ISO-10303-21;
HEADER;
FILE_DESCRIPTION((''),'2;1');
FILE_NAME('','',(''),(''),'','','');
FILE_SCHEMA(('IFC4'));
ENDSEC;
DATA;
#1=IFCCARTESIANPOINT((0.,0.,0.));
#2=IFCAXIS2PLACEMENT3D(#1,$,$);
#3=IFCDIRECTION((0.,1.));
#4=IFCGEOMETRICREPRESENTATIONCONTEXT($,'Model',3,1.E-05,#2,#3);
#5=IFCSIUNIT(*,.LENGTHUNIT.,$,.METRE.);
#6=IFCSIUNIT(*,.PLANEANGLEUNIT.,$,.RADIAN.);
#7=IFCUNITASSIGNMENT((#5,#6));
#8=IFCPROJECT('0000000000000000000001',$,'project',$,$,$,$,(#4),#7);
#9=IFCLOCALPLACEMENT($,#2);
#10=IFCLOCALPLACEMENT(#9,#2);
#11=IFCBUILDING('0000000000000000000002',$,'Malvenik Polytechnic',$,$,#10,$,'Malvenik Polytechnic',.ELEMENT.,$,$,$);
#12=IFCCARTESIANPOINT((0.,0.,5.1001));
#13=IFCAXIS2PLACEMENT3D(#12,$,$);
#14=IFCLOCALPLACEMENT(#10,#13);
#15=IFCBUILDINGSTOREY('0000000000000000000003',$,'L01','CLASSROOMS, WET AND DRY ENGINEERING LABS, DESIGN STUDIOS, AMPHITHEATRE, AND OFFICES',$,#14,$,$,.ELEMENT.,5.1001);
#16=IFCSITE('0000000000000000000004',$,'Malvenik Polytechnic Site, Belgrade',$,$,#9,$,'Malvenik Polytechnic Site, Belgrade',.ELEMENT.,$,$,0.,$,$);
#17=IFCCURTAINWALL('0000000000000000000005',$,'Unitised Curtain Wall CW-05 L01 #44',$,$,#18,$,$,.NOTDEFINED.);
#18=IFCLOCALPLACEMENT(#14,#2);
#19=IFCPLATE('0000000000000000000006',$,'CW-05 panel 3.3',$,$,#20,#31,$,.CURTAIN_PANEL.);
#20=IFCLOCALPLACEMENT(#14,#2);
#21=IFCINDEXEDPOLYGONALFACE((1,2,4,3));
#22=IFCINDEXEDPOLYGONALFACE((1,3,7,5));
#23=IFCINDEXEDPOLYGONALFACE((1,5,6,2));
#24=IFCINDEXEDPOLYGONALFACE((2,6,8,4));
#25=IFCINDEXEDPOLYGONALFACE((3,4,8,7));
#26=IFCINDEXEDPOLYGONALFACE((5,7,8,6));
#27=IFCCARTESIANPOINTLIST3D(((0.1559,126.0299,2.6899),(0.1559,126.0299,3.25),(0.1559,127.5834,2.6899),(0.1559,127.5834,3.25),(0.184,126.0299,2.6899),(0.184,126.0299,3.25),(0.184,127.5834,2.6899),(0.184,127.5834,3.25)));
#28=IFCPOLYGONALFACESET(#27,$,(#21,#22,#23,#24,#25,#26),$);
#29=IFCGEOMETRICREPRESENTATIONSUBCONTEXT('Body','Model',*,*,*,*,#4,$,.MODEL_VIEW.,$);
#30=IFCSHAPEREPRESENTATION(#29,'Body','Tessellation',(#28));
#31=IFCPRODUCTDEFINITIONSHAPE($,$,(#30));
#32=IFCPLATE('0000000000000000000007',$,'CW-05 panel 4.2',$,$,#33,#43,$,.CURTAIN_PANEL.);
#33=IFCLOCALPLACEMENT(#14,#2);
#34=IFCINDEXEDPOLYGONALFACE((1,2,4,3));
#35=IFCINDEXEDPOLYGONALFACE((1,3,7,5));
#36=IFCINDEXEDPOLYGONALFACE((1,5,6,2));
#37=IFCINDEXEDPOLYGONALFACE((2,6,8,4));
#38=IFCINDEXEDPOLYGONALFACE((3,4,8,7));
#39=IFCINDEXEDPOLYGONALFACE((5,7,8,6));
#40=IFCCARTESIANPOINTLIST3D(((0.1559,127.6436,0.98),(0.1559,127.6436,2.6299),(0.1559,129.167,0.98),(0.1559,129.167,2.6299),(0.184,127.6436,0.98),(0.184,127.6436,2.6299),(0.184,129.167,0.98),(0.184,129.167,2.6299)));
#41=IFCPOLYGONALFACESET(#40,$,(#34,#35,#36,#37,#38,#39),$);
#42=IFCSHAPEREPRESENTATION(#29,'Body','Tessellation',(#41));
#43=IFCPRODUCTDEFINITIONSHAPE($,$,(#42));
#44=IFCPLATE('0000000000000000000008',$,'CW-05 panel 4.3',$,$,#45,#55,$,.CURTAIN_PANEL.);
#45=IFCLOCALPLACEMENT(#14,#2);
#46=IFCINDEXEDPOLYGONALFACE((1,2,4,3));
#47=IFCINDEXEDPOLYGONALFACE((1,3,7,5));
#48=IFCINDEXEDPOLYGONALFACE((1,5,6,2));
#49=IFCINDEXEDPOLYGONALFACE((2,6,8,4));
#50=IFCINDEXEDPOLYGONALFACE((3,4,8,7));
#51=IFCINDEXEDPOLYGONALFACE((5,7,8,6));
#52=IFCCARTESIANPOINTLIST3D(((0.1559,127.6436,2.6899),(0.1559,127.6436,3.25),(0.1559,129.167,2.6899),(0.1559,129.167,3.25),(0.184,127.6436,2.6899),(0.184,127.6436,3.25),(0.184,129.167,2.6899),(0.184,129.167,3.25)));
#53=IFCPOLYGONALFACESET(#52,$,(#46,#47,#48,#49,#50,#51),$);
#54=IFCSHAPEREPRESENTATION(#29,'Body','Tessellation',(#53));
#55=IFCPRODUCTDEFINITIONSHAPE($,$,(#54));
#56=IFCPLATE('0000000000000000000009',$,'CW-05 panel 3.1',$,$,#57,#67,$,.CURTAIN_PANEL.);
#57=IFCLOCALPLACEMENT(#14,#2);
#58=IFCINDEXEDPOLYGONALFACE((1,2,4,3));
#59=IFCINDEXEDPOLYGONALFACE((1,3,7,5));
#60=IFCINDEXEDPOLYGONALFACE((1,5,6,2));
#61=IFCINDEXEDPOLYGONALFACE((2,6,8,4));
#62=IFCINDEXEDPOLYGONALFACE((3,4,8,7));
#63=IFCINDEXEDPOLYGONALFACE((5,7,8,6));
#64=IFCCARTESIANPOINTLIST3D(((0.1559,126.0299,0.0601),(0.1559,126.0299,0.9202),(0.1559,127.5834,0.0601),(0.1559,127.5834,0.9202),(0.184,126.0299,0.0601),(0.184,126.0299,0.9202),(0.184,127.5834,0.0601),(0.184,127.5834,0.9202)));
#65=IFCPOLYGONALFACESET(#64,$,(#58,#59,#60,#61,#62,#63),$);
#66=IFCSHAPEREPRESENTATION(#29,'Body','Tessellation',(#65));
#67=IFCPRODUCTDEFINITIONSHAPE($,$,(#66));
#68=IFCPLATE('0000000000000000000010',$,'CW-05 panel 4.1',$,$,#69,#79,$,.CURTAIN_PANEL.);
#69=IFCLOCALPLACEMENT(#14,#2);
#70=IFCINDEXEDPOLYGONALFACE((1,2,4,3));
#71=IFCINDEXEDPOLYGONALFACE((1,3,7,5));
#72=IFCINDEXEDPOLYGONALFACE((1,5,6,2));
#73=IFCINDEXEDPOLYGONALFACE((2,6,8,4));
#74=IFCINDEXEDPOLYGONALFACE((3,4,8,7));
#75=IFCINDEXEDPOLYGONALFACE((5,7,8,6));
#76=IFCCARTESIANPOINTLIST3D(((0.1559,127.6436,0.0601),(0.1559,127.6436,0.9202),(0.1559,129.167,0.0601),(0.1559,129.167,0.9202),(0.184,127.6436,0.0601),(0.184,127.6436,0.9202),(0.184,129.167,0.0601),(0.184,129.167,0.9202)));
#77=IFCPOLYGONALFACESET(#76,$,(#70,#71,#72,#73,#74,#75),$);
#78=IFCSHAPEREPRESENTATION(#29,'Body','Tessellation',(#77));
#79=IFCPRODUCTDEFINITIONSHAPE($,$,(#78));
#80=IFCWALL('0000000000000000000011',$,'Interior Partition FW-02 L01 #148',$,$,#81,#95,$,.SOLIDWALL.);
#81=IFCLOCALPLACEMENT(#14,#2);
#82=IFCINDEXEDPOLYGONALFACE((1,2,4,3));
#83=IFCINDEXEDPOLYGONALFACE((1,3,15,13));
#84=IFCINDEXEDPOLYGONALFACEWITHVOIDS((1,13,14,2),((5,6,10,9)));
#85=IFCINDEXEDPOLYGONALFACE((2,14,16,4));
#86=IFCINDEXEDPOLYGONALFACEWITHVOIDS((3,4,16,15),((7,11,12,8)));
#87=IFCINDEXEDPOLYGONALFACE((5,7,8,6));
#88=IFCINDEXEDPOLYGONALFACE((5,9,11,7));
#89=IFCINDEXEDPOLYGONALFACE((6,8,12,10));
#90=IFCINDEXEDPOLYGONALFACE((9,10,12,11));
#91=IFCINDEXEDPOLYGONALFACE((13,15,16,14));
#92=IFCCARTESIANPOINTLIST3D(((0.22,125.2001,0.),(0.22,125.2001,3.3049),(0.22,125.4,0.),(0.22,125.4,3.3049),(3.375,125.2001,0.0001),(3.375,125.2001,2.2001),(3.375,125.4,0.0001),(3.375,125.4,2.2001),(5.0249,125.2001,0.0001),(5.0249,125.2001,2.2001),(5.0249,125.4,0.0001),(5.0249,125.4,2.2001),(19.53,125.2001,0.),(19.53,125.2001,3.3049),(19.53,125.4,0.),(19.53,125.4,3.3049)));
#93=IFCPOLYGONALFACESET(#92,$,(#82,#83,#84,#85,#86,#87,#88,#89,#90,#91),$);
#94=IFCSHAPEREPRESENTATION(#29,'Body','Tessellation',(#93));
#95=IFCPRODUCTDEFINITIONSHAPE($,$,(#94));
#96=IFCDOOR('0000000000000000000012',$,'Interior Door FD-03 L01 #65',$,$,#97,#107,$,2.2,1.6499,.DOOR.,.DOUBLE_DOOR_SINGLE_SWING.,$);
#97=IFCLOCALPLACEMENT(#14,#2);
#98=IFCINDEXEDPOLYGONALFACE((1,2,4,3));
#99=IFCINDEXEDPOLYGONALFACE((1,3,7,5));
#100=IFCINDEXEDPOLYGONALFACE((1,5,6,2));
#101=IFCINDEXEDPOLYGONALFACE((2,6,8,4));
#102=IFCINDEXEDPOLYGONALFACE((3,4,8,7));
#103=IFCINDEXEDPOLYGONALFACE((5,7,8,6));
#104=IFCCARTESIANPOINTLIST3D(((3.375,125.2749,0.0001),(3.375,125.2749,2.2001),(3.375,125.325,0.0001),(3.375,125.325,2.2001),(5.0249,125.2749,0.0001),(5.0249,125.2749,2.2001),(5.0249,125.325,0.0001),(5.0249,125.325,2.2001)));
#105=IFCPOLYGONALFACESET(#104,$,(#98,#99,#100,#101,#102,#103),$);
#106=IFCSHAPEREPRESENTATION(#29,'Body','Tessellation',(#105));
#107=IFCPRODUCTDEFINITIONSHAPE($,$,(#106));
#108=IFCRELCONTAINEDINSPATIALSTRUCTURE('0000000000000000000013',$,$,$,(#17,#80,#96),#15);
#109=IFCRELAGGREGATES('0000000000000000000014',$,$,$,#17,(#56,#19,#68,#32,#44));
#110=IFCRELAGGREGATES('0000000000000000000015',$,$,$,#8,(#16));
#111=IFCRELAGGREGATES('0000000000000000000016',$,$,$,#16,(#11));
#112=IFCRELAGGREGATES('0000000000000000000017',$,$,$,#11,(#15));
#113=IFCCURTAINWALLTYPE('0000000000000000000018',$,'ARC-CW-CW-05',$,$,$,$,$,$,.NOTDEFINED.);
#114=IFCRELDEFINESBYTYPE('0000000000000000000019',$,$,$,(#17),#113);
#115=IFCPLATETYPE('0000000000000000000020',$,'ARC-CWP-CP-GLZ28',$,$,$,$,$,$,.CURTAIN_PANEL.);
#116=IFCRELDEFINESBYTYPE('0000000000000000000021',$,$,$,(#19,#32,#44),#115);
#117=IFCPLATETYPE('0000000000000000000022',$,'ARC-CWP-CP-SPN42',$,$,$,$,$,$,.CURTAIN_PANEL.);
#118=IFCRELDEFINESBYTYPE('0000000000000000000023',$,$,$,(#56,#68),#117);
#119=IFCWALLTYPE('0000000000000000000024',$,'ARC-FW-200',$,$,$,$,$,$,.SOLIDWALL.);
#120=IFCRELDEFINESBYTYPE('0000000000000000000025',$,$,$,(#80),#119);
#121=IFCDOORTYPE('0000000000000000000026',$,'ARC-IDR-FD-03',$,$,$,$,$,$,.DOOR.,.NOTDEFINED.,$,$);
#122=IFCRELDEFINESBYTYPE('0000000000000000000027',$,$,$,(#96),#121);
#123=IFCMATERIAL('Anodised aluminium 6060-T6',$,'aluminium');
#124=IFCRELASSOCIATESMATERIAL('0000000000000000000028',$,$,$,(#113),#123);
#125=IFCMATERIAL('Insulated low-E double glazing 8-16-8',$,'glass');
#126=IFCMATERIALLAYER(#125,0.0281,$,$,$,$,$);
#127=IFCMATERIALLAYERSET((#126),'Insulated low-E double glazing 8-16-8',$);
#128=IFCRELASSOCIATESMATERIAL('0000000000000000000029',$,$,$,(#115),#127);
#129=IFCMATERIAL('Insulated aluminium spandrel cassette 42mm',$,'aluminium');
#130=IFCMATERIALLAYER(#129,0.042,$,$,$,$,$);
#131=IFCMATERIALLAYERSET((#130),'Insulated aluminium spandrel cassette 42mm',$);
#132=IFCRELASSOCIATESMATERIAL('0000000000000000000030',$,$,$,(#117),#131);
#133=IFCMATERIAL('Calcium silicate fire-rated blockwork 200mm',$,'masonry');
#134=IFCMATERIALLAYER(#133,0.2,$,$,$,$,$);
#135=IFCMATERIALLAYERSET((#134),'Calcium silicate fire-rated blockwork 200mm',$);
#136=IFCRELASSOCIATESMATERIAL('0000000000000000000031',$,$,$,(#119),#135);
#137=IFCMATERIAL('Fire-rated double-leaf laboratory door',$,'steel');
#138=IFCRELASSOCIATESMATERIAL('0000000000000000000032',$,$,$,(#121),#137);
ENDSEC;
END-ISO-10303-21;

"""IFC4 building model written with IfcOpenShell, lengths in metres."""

from ifc_helpers import new_model, si_unit, direction, frame, frame_2d, origin, origin_2d, place, context, subcontext, project, spatial, rectangle, extrude, material, layer, layer_set, type_object, element, fill, aggregate, save


model = new_model("IFC4")

# Units and contexts
model_context = context("Model", 3, precision=1e-05, world=origin(), true_north=direction((0.0, 1.0)))
body_context = subcontext(model_context, "Body", "Model", "MODEL_VIEW")
ifc_project = project(units=[si_unit("LENGTHUNIT", "METRE"), si_unit("PLANEANGLEUNIT", "RADIAN")], contexts=[model_context])

# Site, building, storey
site_placement = place(None, origin())
site = spatial("IfcSite", under=ifc_project, at=site_placement, Name="Malvenik Polytechnic Site, Belgrade", LongName="Malvenik Polytechnic Site, Belgrade", CompositionType="ELEMENT", RefElevation=0.0)
building_placement = place(site_placement, origin())
building = spatial("IfcBuilding", under=site, at=building_placement, Name="Malvenik Polytechnic", LongName="Malvenik Polytechnic", CompositionType="ELEMENT")
storey_placement = place(building_placement, frame((0.0, 0.0, 5.1001)))
storey = spatial("IfcBuildingStorey", under=building, at=storey_placement, Name="L01", Description="CLASSROOMS, WET AND DRY ENGINEERING LABS, DESIGN STUDIOS, AMPHITHEATRE, AND OFFICES", CompositionType="ELEMENT", Elevation=5.1001)

# Curtain wall
ifc_material_1 = material(Name="Anodised aluminium 6060-T6", Category="aluminium")
curtain_wall_type = type_object("IfcCurtainWallType", Name="ARC-CW-CW-05", PredefinedType="NOTDEFINED", material=ifc_material_1)
curtain_wall_placement = place(storey_placement, origin())
curtain_wall = element("IfcCurtainWall", 1, at=curtain_wall_placement, inside=storey, type_object=curtain_wall_type, Name="Unitised Curtain Wall CW-05 L01 #44", PredefinedType="NOTDEFINED")

# Plates
ifc_material_2 = material(Name="Insulated low-E double glazing 8-16-8", Category="glass")
ifc_layer_1 = layer(ifc_material_2, 0.0281)
ifc_layer_set_1 = layer_set([ifc_layer_1], Name="Insulated low-E double glazing 8-16-8")
plate_type_1 = type_object("IfcPlateType", Name="ARC-CWP-CP-GLZ28", PredefinedType="CURTAIN_PANEL", material=ifc_layer_set_1)
plate_1_placement = place(storey_placement, frame((0.1699, 126.8066, 2.6899), z_axis=(0.0, 0.0, 1.0), x_axis=(0.0, 1.0, 0.0)))
plate_1 = element("IfcPlate", 2, at=plate_1_placement, type_object=plate_type_1, Name="CW-05 panel 3.3", PredefinedType="CURTAIN_PANEL", context=body_context, shape_type="SweptSolid", body=[
    extrude(rectangle(XDim=1.5535, YDim=0.0281, at=origin_2d()), origin(), (0.0, 0.0, 1.0), 0.5601),
])
plate_2_placement = place(storey_placement, frame((0.1699, 128.4053, 0.98), z_axis=(0.0, 0.0, 1.0), x_axis=(0.0, 1.0, 0.0)))
plate_2 = element("IfcPlate", 3, at=plate_2_placement, type_object=plate_type_1, Name="CW-05 panel 4.2", PredefinedType="CURTAIN_PANEL", context=body_context, shape_type="SweptSolid", body=[
    extrude(rectangle(XDim=1.5234, YDim=0.0281, at=origin_2d()), origin(), (0.0, 0.0, 1.0), 1.6499),
])
plate_3_placement = place(storey_placement, frame((0.1699, 128.4053, 2.6899), z_axis=(0.0, 0.0, 1.0), x_axis=(0.0, 1.0, 0.0)))
plate_3 = element("IfcPlate", 4, at=plate_3_placement, type_object=plate_type_1, Name="CW-05 panel 4.3", PredefinedType="CURTAIN_PANEL", context=body_context, shape_type="SweptSolid", body=[
    extrude(rectangle(XDim=1.5234, YDim=0.0281, at=origin_2d()), origin(), (0.0, 0.0, 1.0), 0.5601),
])
ifc_material_3 = material(Name="Insulated aluminium spandrel cassette 42mm", Category="aluminium")
ifc_layer_2 = layer(ifc_material_3, 0.042)
ifc_layer_set_2 = layer_set([ifc_layer_2], Name="Insulated aluminium spandrel cassette 42mm")
plate_type_2 = type_object("IfcPlateType", Name="ARC-CWP-CP-SPN42", PredefinedType="CURTAIN_PANEL", material=ifc_layer_set_2)
plate_4_placement = place(storey_placement, frame((0.1699, 126.8066, 0.0601), z_axis=(0.0, 0.0, 1.0), x_axis=(0.0, 1.0, 0.0)))
plate_4 = element("IfcPlate", 5, at=plate_4_placement, type_object=plate_type_2, Name="CW-05 panel 3.1", PredefinedType="CURTAIN_PANEL", context=body_context, shape_type="SweptSolid", body=[
    extrude(rectangle(XDim=1.5535, YDim=0.0281, at=origin_2d()), origin(), (0.0, 0.0, 1.0), 0.8601),
])
plate_5_placement = place(storey_placement, frame((0.1699, 128.4053, 0.0601), z_axis=(0.0, 0.0, 1.0), x_axis=(0.0, 1.0, 0.0)))
plate_5 = element("IfcPlate", 6, at=plate_5_placement, type_object=plate_type_2, Name="CW-05 panel 4.1", PredefinedType="CURTAIN_PANEL", context=body_context, shape_type="SweptSolid", body=[
    extrude(rectangle(XDim=1.5234, YDim=0.0281, at=origin_2d()), origin(), (0.0, 0.0, 1.0), 0.8601),
])
aggregate(curtain_wall, [plate_4, plate_1, plate_5, plate_2, plate_3])

# Wall, opening, door
ifc_material_4 = material(Name="Calcium silicate fire-rated blockwork 200mm", Category="masonry")
ifc_layer_3 = layer(ifc_material_4, 0.2)
ifc_layer_set_3 = layer_set([ifc_layer_3], Name="Calcium silicate fire-rated blockwork 200mm")
wall_type = type_object("IfcWallType", Name="ARC-FW-200", PredefinedType="SOLIDWALL", material=ifc_layer_set_3)
wall_placement = place(storey_placement, frame((0.22, 125.3, 0.0), z_axis=(0.0, 0.0, 1.0), x_axis=(1.0, 0.0, 0.0)))
wall = element("IfcWall", 7, at=wall_placement, inside=storey, type_object=wall_type, Name="Interior Partition FW-02 L01 #148", PredefinedType="SOLIDWALL", context=body_context, shape_type="SweptSolid", body=[
    extrude(rectangle(XDim=19.3101, YDim=0.2, at=frame_2d((9.655, 0.0))), origin(), (0.0, 0.0, 1.0), 3.3049),
])
opening_placement = place(wall_placement, frame((3.155, 0.0, 0.0)))
opening = element("IfcOpeningElement", 8, at=opening_placement, cuts=wall, PredefinedType="OPENING", context=body_context, shape_type="SweptSolid", body=[
    extrude(rectangle(XDim=1.6499, YDim=2.2, at=frame_2d((0.825, 1.1001))), frame((0.0, 0.1099, 0.0), z_axis=(0.0, -1.0, 0.0), x_axis=(1.0, 0.0, 0.0)), (0.0, 0.0, 1.0), 0.22),
])
ifc_material_5 = material(Name="Fire-rated double-leaf laboratory door", Category="steel")
door_type = type_object("IfcDoorType", Name="ARC-IDR-FD-03", OperationType="NOTDEFINED", PredefinedType="DOOR", material=ifc_material_5)
door_placement = place(opening_placement, origin())
door = element("IfcDoor", 9, at=door_placement, inside=storey, type_object=door_type, Name="Interior Door FD-03 L01 #65", OperationType="DOUBLE_DOOR_SINGLE_SWING", OverallHeight=2.2, OverallWidth=1.6499, PredefinedType="DOOR", context=body_context, shape_type="SweptSolid", body=[
    extrude(rectangle(XDim=1.6499, YDim=2.2, at=frame_2d((0.825, 1.1001))), frame((0.0, 0.0249, 0.0), z_axis=(0.0, -1.0, 0.0), x_axis=(1.0, 0.0, 0.0)), (0.0, 0.0, 1.0), 0.05),
])
fill(opening, door)

save(model, "model.ifc")
